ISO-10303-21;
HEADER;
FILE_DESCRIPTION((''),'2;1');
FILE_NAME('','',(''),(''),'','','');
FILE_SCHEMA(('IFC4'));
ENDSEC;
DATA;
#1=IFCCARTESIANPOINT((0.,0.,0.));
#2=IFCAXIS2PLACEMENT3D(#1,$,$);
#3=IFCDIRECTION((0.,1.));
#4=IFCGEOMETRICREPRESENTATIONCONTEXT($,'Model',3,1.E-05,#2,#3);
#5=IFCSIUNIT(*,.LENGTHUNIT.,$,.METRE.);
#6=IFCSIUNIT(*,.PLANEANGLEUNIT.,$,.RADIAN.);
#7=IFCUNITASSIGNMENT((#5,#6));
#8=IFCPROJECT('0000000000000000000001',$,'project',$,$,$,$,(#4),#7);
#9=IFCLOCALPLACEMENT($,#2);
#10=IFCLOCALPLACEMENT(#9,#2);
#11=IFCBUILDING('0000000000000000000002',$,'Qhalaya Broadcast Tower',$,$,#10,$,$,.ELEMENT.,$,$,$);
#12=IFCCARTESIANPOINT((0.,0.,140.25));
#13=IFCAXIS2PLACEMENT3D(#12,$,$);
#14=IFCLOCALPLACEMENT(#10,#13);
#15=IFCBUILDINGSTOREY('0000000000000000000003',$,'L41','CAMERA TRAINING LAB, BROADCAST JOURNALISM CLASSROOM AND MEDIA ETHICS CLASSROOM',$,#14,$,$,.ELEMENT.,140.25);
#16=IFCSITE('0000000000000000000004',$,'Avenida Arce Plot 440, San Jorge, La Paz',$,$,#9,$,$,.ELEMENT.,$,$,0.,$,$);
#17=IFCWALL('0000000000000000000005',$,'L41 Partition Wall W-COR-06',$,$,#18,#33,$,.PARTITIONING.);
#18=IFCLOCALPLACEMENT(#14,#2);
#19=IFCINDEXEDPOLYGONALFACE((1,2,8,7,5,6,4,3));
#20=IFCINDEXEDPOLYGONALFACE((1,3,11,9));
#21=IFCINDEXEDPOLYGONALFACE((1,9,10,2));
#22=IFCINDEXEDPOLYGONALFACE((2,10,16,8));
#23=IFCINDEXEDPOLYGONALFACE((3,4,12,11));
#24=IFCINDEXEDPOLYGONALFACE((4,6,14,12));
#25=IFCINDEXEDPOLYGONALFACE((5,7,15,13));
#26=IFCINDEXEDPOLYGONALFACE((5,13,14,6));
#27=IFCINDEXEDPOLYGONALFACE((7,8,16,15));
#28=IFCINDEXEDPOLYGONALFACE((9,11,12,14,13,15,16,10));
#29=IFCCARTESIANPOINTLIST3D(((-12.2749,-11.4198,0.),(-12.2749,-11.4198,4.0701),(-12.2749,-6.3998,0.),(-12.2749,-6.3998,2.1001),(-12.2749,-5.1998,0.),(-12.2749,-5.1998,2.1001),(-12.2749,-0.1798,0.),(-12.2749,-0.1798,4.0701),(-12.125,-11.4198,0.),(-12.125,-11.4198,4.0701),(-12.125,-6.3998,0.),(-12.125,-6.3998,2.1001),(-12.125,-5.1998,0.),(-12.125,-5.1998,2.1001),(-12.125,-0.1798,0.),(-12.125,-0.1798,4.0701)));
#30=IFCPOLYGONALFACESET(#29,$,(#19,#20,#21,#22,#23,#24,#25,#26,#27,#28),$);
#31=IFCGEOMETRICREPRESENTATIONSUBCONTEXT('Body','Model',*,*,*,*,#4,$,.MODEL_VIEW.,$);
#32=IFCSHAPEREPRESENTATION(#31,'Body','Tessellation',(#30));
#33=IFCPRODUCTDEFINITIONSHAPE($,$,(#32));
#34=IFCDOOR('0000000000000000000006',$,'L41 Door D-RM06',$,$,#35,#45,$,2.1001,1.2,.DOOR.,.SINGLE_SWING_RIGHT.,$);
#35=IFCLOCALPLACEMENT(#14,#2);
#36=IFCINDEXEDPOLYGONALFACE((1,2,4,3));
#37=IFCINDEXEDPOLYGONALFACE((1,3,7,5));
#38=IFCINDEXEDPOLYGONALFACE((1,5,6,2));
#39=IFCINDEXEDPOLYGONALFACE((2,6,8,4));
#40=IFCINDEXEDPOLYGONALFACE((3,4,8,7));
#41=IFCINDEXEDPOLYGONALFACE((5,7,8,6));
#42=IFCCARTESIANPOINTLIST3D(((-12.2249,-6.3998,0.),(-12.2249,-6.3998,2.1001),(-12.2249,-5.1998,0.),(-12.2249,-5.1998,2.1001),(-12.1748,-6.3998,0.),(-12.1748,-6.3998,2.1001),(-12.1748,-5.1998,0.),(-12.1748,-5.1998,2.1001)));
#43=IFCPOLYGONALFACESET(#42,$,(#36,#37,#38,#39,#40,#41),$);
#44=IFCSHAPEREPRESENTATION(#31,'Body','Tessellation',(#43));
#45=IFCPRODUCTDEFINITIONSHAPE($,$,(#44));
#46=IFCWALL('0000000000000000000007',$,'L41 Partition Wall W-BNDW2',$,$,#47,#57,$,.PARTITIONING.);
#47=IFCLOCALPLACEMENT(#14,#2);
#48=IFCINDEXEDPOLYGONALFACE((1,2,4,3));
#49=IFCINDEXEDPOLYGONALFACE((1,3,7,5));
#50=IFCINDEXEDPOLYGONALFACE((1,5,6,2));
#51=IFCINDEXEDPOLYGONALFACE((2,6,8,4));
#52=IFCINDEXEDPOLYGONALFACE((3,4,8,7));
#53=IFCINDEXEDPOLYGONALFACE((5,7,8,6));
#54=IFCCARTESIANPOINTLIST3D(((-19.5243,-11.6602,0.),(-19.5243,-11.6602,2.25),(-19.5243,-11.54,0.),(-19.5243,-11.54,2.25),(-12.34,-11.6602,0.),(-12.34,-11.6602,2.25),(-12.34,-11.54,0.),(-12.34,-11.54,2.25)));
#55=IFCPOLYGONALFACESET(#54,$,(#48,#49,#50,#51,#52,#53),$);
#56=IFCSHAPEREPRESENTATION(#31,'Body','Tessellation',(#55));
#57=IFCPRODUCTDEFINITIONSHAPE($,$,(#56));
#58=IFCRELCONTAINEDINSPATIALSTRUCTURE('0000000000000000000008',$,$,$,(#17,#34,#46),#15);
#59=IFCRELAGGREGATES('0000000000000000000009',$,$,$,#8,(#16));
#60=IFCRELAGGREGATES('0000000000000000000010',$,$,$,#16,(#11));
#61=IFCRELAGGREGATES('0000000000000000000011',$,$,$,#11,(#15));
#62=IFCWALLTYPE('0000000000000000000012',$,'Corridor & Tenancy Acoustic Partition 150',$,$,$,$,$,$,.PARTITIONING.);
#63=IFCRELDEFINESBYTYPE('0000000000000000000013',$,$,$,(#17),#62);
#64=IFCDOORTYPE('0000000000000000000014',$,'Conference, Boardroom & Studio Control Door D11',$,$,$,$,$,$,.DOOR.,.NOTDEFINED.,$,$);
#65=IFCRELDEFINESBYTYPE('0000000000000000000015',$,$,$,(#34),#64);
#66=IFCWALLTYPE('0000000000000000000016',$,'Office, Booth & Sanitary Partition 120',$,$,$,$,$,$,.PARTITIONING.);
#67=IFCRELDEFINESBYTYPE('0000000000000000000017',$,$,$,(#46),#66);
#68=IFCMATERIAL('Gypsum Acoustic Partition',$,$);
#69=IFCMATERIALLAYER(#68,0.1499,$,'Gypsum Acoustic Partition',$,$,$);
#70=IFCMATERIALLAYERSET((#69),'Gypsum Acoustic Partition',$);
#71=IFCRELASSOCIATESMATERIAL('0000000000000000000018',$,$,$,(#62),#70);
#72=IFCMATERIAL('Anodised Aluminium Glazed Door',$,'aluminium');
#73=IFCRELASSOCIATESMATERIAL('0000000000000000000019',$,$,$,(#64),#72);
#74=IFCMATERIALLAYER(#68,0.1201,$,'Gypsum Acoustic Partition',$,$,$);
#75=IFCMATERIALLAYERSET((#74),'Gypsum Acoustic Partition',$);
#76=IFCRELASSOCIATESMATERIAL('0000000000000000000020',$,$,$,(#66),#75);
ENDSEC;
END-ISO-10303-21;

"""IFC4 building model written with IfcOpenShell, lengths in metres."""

from ifc_helpers import new_model, si_unit, direction, frame, frame_2d, origin, place, context, subcontext, project, spatial, rectangle, extrude, material, layer, layer_set, type_object, element, fill, save


model = new_model("IFC4")

# Units and contexts
model_context = context("Model", 3, precision=1e-05, world=origin(), true_north=direction((0.0, 1.0)))
body_context = subcontext(model_context, "Body", "Model", "MODEL_VIEW")
ifc_project = project(units=[si_unit("LENGTHUNIT", "METRE"), si_unit("PLANEANGLEUNIT", "RADIAN")], contexts=[model_context])

# Site, building, storey
site_placement = place(None, origin())
site = spatial("IfcSite", under=ifc_project, at=site_placement, Name="Avenida Arce Plot 440, San Jorge, La Paz", CompositionType="ELEMENT", RefElevation=0.0)
building_placement = place(site_placement, origin())
building = spatial("IfcBuilding", under=site, at=building_placement, Name="Qhalaya Broadcast Tower", CompositionType="ELEMENT")
storey_placement = place(building_placement, frame((0.0, 0.0, 140.25)))
storey = spatial("IfcBuildingStorey", under=building, at=storey_placement, Name="L41", Description="CAMERA TRAINING LAB, BROADCAST JOURNALISM CLASSROOM AND MEDIA ETHICS CLASSROOM", CompositionType="ELEMENT", Elevation=140.25)

# Wall, opening, door
ifc_material_1 = material(Name="Gypsum Acoustic Partition")
ifc_layer_1 = layer(ifc_material_1, 0.1499, Name="Gypsum Acoustic Partition")
ifc_layer_set_1 = layer_set([ifc_layer_1], Name="Gypsum Acoustic Partition")
wall_type_1 = type_object("IfcWallType", Name="Corridor & Tenancy Acoustic Partition 150", PredefinedType="PARTITIONING", material=ifc_layer_set_1)
wall_1_placement = place(storey_placement, frame((-12.2, -11.4199, 0.0), z_axis=(0.0, 0.0, 1.0), x_axis=(0.0, 1.0, 0.0)))
wall_1 = element("IfcWall", 1, at=wall_1_placement, inside=storey, type_object=wall_type_1, Name="L41 Partition Wall W-COR-06", PredefinedType="PARTITIONING", context=body_context, shape_type="SweptSolid", body=[
    extrude(rectangle(XDim=11.24, YDim=0.1499, at=frame_2d((5.6201, 0.0))), origin(), (0.0, 0.0, 1.0), 4.0701),
])
opening_placement = place(wall_1_placement, frame((5.02, 0.0, 0.0)))
opening = element("IfcOpeningElement", 2, at=opening_placement, cuts=wall_1, PredefinedType="OPENING", context=body_context, shape_type="SweptSolid", body=[
    extrude(rectangle(XDim=1.2, YDim=2.1001, at=frame_2d((0.6001, 1.05))), frame((0.0, 0.0869, 0.0), z_axis=(0.0, -1.0, 0.0), x_axis=(1.0, 0.0, 0.0)), (0.0, 0.0, 1.0), 0.1738),
])
ifc_material_2 = material(Name="Anodised Aluminium Glazed Door", Category="aluminium")
door_type = type_object("IfcDoorType", Name="Conference, Boardroom & Studio Control Door D11", OperationType="NOTDEFINED", PredefinedType="DOOR", material=ifc_material_2)
door_placement = place(opening_placement, origin())
door = element("IfcDoor", 3, at=door_placement, inside=storey, type_object=door_type, Name="L41 Door D-RM06", OperationType="SINGLE_SWING_RIGHT", OverallHeight=2.1001, OverallWidth=1.2, PredefinedType="DOOR", context=body_context, shape_type="SweptSolid", body=[
    extrude(rectangle(XDim=1.2, YDim=2.1001, at=frame_2d((0.6001, 1.05))), frame((0.0, 0.0249, 0.0), z_axis=(0.0, -1.0, 0.0), x_axis=(1.0, 0.0, 0.0)), (0.0, 0.0, 1.0), 0.05),
])
fill(opening, door)

# Wall
ifc_layer_2 = layer(ifc_material_1, 0.1201, Name="Gypsum Acoustic Partition")
ifc_layer_set_2 = layer_set([ifc_layer_2], Name="Gypsum Acoustic Partition")
wall_type_2 = type_object("IfcWallType", Name="Office, Booth & Sanitary Partition 120", PredefinedType="PARTITIONING", material=ifc_layer_set_2)
wall_2_placement = place(storey_placement, frame((-19.5244, -11.6001, 0.0), z_axis=(0.0, 0.0, 1.0), x_axis=(1.0, 0.0, 0.0)))
element("IfcWall", 4, at=wall_2_placement, inside=storey, type_object=wall_type_2, Name="L41 Partition Wall W-BNDW2", PredefinedType="PARTITIONING", context=body_context, shape_type="SweptSolid", body=[
    extrude(rectangle(XDim=7.1843, YDim=0.1201, at=frame_2d((3.5923, 0.0))), origin(), (0.0, 0.0, 1.0), 2.25),
])

save(model, "model.ifc")
